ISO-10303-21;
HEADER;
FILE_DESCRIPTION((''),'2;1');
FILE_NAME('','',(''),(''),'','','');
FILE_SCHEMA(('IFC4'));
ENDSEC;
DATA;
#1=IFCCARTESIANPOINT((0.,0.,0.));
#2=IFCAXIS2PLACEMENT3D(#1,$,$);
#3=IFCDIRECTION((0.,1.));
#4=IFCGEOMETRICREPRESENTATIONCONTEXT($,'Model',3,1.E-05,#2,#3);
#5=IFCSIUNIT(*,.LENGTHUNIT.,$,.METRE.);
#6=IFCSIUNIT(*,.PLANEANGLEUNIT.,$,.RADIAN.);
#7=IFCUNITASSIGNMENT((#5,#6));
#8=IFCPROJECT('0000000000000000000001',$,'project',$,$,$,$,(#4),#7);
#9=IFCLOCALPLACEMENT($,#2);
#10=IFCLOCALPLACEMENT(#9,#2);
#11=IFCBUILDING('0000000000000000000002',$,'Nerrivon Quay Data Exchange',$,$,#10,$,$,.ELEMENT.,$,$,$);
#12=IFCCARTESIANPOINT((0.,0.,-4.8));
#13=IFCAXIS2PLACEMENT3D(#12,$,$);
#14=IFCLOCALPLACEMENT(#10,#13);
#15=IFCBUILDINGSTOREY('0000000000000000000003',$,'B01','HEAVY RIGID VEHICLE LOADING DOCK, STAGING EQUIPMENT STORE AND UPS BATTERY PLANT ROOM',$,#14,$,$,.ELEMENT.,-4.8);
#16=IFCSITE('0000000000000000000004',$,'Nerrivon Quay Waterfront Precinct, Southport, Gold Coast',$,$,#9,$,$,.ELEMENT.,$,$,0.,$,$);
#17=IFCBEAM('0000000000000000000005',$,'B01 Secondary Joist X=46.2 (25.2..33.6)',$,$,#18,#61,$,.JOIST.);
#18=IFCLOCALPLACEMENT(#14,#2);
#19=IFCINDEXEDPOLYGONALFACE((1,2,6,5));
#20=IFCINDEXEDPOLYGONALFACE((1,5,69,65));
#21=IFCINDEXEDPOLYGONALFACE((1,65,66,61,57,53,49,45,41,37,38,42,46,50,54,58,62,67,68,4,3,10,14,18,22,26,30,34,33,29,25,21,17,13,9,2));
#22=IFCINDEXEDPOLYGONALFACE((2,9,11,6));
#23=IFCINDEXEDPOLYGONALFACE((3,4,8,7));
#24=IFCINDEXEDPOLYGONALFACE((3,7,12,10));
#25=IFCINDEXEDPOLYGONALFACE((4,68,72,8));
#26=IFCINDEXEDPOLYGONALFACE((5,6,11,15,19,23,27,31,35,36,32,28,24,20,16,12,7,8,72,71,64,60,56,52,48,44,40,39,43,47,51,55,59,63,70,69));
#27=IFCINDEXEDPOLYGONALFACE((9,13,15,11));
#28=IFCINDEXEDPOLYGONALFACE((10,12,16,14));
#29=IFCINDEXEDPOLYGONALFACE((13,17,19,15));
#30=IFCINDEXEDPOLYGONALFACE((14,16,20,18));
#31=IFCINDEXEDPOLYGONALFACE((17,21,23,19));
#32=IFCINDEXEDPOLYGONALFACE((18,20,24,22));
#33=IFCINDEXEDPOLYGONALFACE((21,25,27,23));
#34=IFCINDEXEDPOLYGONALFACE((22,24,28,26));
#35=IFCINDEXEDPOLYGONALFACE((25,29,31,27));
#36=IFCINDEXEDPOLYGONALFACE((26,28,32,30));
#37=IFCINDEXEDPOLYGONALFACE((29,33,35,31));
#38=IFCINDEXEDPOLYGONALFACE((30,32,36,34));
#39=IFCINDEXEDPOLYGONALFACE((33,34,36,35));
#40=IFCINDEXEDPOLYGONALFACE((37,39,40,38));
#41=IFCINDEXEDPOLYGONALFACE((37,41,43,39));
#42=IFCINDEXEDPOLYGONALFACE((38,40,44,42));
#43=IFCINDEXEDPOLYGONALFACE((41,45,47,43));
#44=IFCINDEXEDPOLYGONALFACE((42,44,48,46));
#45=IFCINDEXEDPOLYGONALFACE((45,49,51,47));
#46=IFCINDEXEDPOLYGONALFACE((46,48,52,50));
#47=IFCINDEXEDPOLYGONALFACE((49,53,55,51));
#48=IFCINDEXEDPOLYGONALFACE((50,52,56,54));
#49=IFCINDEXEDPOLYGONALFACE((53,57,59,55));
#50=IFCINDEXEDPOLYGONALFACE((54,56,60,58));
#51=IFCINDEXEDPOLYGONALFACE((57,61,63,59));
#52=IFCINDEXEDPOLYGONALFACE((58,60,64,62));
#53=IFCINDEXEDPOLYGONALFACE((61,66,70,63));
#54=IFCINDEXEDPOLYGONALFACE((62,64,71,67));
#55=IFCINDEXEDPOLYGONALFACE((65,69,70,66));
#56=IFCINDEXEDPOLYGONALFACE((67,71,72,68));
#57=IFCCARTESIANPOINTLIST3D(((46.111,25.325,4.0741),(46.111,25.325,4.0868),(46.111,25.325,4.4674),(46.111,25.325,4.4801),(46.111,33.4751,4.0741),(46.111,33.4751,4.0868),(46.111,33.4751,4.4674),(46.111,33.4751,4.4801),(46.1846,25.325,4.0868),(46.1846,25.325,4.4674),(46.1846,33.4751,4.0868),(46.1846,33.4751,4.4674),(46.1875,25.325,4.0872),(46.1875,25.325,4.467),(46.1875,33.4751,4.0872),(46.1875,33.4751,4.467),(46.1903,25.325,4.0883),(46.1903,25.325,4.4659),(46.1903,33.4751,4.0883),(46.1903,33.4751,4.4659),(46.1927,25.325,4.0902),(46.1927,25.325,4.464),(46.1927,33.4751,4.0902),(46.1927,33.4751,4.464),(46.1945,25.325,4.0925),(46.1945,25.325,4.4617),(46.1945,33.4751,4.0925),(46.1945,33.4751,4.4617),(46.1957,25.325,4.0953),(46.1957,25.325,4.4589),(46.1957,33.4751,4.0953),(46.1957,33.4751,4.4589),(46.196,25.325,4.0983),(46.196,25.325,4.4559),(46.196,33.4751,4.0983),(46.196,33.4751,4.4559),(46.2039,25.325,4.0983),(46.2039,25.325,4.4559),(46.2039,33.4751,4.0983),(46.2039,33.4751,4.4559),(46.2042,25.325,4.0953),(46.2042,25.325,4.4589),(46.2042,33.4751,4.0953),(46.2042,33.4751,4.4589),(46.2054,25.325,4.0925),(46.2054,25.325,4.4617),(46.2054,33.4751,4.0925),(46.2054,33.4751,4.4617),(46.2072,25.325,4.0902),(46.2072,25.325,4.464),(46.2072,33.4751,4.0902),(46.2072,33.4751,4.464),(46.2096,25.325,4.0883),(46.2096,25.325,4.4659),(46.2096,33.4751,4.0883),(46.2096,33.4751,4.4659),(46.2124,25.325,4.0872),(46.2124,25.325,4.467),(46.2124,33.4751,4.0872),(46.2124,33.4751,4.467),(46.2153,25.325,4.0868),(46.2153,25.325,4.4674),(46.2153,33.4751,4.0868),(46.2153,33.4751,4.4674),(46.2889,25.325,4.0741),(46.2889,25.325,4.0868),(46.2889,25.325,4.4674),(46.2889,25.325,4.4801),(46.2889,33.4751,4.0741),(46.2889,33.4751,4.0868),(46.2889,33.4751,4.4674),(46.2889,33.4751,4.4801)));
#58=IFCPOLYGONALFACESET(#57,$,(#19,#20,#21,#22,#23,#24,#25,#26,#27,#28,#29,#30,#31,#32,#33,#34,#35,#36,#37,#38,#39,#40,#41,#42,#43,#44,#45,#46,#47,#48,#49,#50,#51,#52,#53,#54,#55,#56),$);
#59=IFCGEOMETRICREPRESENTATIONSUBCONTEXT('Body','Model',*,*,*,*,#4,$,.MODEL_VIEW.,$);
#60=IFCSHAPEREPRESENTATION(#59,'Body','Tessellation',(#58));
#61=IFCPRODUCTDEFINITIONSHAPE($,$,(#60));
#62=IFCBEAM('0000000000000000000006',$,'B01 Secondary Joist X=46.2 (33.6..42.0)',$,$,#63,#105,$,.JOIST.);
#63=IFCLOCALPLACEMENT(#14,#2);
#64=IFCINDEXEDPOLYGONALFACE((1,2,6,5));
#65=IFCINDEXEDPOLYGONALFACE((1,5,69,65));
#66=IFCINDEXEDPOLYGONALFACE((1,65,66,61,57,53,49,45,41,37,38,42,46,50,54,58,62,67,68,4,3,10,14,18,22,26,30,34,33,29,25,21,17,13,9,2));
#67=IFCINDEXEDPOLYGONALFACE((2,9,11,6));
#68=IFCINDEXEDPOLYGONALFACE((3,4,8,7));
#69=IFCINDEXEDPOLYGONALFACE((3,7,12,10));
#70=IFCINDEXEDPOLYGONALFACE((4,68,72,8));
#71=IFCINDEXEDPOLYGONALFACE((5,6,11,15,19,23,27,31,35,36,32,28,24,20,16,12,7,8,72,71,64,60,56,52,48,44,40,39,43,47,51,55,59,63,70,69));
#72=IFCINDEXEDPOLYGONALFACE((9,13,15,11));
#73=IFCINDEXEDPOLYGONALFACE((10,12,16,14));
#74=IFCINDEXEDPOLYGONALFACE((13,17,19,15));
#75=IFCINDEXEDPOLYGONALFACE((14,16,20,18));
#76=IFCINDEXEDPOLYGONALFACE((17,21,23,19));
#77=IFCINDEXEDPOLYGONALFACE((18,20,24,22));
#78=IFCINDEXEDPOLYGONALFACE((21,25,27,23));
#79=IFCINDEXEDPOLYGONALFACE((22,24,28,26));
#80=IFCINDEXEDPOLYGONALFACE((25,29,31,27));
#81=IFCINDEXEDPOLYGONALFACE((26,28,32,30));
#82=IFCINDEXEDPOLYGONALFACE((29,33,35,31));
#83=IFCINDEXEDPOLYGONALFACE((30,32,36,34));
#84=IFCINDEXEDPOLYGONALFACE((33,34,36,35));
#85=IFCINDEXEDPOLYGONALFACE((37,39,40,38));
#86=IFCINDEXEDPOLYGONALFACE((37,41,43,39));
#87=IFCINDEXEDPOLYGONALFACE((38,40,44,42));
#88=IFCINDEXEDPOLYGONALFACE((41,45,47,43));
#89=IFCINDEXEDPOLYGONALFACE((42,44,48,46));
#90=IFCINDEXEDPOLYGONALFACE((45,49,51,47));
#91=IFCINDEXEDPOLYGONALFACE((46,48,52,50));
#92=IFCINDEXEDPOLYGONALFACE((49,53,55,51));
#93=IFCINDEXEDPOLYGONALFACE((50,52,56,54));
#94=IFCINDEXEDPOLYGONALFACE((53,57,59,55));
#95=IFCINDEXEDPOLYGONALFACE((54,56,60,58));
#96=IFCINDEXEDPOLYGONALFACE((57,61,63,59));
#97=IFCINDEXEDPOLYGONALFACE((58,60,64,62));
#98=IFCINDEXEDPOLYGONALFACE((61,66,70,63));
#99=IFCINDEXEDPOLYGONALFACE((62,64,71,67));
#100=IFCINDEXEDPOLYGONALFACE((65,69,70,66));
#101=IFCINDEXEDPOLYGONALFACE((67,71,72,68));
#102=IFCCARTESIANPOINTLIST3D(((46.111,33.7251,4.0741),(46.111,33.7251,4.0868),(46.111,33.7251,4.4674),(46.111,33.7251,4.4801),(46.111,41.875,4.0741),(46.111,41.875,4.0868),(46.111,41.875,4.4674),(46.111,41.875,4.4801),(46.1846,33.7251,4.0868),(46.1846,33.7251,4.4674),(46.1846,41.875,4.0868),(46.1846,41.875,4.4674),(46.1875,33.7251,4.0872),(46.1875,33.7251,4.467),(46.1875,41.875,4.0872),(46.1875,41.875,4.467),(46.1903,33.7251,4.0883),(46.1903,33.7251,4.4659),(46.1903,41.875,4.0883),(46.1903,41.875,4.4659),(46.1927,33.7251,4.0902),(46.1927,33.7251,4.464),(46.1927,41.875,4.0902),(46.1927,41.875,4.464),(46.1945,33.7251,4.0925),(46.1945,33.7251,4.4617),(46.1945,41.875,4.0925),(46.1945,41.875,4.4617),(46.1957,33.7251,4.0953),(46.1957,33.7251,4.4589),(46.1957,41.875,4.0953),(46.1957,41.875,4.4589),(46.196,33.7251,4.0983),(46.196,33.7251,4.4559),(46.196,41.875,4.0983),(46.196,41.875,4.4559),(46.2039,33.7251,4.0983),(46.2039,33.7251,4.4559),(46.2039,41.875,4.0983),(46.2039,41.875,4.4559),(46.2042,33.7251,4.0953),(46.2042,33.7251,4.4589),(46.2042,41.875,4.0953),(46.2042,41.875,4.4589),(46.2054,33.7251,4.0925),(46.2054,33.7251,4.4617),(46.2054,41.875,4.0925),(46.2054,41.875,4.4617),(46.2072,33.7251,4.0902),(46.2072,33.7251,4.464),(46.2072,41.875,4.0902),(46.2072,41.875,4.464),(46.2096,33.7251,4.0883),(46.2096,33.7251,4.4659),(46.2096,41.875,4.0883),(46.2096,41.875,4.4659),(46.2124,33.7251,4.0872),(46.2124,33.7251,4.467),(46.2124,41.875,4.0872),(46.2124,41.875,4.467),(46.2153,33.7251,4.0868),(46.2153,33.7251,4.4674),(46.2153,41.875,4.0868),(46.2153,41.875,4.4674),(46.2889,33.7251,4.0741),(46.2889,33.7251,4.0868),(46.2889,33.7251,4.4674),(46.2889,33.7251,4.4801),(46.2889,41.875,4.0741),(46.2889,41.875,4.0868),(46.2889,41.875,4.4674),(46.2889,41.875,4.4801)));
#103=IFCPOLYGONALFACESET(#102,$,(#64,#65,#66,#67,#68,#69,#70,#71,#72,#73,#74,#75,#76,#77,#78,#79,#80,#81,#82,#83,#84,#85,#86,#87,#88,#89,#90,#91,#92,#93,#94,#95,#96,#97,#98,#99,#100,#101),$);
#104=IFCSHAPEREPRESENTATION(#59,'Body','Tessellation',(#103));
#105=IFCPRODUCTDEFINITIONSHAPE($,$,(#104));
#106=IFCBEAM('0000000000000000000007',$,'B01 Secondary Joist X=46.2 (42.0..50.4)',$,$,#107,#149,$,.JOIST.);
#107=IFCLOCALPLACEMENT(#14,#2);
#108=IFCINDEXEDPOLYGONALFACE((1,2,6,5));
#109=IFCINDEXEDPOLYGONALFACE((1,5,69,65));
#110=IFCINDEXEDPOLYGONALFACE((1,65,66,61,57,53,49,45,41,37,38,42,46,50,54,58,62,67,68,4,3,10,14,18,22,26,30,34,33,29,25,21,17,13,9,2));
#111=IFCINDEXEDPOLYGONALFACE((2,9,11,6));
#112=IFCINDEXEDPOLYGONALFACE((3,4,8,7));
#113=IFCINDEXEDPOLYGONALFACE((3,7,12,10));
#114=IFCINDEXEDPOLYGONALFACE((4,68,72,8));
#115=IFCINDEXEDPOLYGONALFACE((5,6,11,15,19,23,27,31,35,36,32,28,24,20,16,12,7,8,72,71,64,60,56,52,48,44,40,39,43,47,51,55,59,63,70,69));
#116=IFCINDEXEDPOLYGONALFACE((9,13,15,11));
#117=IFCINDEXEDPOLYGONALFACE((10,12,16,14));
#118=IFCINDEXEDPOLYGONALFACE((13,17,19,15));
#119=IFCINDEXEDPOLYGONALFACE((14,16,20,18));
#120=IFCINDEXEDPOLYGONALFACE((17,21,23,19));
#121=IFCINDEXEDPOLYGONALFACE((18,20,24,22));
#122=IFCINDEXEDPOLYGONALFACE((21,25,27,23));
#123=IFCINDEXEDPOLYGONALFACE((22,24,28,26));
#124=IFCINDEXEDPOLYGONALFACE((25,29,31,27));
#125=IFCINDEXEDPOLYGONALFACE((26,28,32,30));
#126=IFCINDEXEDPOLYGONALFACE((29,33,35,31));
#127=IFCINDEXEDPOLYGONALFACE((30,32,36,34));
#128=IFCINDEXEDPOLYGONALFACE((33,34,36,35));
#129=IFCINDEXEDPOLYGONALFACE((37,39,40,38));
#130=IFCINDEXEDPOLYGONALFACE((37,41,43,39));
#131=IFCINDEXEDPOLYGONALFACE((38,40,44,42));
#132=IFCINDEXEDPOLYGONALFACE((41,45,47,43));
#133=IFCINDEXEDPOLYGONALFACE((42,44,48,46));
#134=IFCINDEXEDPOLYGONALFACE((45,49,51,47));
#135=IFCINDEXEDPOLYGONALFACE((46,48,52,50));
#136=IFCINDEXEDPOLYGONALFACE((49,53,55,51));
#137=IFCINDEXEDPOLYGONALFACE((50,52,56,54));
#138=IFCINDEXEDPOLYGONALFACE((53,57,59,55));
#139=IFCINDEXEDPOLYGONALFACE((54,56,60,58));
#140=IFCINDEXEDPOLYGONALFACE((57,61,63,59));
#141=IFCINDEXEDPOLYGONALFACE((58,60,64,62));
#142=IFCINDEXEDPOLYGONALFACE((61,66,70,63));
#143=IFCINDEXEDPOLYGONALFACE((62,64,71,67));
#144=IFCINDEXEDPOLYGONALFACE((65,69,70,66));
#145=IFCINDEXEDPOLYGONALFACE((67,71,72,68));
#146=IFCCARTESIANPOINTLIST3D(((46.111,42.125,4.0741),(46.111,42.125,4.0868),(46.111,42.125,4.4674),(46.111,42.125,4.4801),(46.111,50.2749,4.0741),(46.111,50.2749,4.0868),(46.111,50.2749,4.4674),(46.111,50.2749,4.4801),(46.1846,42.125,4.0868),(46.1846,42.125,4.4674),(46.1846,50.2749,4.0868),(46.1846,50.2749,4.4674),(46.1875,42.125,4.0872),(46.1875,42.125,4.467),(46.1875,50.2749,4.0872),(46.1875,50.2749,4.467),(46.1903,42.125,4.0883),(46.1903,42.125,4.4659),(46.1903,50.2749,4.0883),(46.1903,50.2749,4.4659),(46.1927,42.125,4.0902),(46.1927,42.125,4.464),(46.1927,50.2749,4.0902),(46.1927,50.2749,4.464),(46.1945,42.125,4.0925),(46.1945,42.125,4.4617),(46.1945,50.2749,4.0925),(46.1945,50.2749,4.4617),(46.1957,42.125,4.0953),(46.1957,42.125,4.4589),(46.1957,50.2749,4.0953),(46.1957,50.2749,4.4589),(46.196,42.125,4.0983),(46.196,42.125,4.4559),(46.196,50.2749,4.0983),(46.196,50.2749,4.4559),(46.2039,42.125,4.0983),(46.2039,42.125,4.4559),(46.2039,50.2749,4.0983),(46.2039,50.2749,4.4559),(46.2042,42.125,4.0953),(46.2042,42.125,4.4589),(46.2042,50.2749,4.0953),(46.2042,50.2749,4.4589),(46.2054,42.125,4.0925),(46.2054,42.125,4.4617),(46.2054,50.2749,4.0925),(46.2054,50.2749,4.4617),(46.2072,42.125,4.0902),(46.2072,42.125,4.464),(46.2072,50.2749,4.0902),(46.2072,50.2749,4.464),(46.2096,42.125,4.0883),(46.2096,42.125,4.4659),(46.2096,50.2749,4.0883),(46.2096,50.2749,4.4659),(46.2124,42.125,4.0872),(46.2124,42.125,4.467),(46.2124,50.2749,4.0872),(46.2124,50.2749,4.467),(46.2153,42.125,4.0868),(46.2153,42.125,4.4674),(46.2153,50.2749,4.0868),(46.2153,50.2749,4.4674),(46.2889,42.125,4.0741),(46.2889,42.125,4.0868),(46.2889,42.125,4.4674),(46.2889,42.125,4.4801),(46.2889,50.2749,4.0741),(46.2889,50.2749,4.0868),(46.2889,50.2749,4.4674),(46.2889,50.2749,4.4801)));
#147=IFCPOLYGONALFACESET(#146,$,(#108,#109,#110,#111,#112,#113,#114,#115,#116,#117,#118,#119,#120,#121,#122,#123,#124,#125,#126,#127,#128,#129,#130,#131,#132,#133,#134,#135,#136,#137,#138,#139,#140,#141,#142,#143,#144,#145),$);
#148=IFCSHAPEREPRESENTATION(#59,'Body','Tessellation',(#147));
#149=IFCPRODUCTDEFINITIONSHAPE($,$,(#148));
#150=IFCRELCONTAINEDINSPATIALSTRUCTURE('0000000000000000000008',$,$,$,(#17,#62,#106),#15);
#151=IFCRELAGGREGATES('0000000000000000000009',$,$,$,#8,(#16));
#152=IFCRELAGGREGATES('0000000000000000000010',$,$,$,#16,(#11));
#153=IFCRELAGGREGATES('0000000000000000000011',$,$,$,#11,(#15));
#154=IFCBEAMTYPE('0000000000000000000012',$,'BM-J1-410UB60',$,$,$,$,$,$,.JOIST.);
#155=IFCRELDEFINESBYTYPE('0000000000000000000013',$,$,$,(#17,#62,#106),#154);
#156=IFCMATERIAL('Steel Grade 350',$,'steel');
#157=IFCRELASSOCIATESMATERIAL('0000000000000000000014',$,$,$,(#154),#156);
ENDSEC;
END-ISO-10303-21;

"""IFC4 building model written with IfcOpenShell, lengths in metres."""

from ifc_helpers import new_model, si_unit, direction, frame, origin, origin_2d, place, context, subcontext, project, spatial, i_section, extrude, material, material_profile, profile_set, type_object, element, save


model = new_model("IFC4")

# Units and contexts
model_context = context("Model", 3, precision=1e-05, world=origin(), true_north=direction((0.0, 1.0)))
body_context = subcontext(model_context, "Body", "Model", "MODEL_VIEW")
ifc_project = project(units=[si_unit("LENGTHUNIT", "METRE"), si_unit("PLANEANGLEUNIT", "RADIAN")], contexts=[model_context])

# Site, building, storey
site_placement = place(None, origin())
site = spatial("IfcSite", under=ifc_project, at=site_placement, Name="Nerrivon Quay Waterfront Precinct, Southport, Gold Coast", CompositionType="ELEMENT", RefElevation=0.0)
building_placement = place(site_placement, origin())
building = spatial("IfcBuilding", under=site, at=building_placement, Name="Nerrivon Quay Data Exchange", CompositionType="ELEMENT")
storey_placement = place(building_placement, frame((0.0, 0.0, -4.8)))
storey = spatial("IfcBuildingStorey", under=building, at=storey_placement, Name="B01", Description="HEAVY RIGID VEHICLE LOADING DOCK, STAGING EQUIPMENT STORE AND UPS BATTERY PLANT ROOM", CompositionType="ELEMENT", Elevation=-4.8)

# Beams
ifc_material_1 = material(Name="Steel Grade 350", Category="steel")
ifc_material_profile_1 = material_profile(ifc_material_1, i_section(OverallWidth=0.178, OverallDepth=0.406, WebThickness=0.0078, FlangeThickness=0.0127, FilletRadius=0.0115, at=origin_2d()), Name="410UB59.7")
ifc_profile_set_1 = profile_set([ifc_material_profile_1], Name="Steel Grade 350")
beam_type_1 = type_object("IfcBeamType", Name="BM-J1-410UB60", PredefinedType="JOIST", material=ifc_profile_set_1)
beam_placement = place(storey_placement, frame((46.2, 25.325, 4.2771), z_axis=(0.0, 1.0, 0.0), x_axis=(-1.0, 0.0, 0.0)))
element("IfcBeam", 1, at=beam_placement, inside=storey, type_object=beam_type_1, Name="B01 Secondary Joist X=46.2 (25.2..33.6)", PredefinedType="JOIST", context=body_context, shape_type="SweptSolid", body=[
    extrude(i_section(OverallWidth=0.178, OverallDepth=0.406, WebThickness=0.0078, FlangeThickness=0.0127, FilletRadius=0.0115, at=origin_2d()), origin(), (0.0, 0.0, 1.0), 8.1501),
])
for number, where, z_axis, x_axis, name in (
    (2, (46.2, 33.7251, 4.2771), (0.0, 1.0, 0.0), (-1.0, 0.0, 0.0), "B01 Secondary Joist X=46.2 (33.6..42.0)"),
    (3, (46.2, 42.125, 4.2771), (0.0, 1.0, 0.0), (-1.0, 0.0, 0.0), "B01 Secondary Joist X=46.2 (42.0..50.4)"),
):
    element("IfcBeam", number, at=place(storey_placement, frame(where, z_axis=z_axis, x_axis=x_axis)), inside=storey, type_object=beam_type_1, Name=name, PredefinedType="JOIST", context=body_context, shape_type="SweptSolid", body=[
        extrude(i_section(OverallWidth=0.178, OverallDepth=0.406, WebThickness=0.0078, FlangeThickness=0.0127, FilletRadius=0.0115, at=origin_2d()), origin(), (0.0, 0.0, 1.0), 8.1499),
    ])

save(model, "model.ifc")
